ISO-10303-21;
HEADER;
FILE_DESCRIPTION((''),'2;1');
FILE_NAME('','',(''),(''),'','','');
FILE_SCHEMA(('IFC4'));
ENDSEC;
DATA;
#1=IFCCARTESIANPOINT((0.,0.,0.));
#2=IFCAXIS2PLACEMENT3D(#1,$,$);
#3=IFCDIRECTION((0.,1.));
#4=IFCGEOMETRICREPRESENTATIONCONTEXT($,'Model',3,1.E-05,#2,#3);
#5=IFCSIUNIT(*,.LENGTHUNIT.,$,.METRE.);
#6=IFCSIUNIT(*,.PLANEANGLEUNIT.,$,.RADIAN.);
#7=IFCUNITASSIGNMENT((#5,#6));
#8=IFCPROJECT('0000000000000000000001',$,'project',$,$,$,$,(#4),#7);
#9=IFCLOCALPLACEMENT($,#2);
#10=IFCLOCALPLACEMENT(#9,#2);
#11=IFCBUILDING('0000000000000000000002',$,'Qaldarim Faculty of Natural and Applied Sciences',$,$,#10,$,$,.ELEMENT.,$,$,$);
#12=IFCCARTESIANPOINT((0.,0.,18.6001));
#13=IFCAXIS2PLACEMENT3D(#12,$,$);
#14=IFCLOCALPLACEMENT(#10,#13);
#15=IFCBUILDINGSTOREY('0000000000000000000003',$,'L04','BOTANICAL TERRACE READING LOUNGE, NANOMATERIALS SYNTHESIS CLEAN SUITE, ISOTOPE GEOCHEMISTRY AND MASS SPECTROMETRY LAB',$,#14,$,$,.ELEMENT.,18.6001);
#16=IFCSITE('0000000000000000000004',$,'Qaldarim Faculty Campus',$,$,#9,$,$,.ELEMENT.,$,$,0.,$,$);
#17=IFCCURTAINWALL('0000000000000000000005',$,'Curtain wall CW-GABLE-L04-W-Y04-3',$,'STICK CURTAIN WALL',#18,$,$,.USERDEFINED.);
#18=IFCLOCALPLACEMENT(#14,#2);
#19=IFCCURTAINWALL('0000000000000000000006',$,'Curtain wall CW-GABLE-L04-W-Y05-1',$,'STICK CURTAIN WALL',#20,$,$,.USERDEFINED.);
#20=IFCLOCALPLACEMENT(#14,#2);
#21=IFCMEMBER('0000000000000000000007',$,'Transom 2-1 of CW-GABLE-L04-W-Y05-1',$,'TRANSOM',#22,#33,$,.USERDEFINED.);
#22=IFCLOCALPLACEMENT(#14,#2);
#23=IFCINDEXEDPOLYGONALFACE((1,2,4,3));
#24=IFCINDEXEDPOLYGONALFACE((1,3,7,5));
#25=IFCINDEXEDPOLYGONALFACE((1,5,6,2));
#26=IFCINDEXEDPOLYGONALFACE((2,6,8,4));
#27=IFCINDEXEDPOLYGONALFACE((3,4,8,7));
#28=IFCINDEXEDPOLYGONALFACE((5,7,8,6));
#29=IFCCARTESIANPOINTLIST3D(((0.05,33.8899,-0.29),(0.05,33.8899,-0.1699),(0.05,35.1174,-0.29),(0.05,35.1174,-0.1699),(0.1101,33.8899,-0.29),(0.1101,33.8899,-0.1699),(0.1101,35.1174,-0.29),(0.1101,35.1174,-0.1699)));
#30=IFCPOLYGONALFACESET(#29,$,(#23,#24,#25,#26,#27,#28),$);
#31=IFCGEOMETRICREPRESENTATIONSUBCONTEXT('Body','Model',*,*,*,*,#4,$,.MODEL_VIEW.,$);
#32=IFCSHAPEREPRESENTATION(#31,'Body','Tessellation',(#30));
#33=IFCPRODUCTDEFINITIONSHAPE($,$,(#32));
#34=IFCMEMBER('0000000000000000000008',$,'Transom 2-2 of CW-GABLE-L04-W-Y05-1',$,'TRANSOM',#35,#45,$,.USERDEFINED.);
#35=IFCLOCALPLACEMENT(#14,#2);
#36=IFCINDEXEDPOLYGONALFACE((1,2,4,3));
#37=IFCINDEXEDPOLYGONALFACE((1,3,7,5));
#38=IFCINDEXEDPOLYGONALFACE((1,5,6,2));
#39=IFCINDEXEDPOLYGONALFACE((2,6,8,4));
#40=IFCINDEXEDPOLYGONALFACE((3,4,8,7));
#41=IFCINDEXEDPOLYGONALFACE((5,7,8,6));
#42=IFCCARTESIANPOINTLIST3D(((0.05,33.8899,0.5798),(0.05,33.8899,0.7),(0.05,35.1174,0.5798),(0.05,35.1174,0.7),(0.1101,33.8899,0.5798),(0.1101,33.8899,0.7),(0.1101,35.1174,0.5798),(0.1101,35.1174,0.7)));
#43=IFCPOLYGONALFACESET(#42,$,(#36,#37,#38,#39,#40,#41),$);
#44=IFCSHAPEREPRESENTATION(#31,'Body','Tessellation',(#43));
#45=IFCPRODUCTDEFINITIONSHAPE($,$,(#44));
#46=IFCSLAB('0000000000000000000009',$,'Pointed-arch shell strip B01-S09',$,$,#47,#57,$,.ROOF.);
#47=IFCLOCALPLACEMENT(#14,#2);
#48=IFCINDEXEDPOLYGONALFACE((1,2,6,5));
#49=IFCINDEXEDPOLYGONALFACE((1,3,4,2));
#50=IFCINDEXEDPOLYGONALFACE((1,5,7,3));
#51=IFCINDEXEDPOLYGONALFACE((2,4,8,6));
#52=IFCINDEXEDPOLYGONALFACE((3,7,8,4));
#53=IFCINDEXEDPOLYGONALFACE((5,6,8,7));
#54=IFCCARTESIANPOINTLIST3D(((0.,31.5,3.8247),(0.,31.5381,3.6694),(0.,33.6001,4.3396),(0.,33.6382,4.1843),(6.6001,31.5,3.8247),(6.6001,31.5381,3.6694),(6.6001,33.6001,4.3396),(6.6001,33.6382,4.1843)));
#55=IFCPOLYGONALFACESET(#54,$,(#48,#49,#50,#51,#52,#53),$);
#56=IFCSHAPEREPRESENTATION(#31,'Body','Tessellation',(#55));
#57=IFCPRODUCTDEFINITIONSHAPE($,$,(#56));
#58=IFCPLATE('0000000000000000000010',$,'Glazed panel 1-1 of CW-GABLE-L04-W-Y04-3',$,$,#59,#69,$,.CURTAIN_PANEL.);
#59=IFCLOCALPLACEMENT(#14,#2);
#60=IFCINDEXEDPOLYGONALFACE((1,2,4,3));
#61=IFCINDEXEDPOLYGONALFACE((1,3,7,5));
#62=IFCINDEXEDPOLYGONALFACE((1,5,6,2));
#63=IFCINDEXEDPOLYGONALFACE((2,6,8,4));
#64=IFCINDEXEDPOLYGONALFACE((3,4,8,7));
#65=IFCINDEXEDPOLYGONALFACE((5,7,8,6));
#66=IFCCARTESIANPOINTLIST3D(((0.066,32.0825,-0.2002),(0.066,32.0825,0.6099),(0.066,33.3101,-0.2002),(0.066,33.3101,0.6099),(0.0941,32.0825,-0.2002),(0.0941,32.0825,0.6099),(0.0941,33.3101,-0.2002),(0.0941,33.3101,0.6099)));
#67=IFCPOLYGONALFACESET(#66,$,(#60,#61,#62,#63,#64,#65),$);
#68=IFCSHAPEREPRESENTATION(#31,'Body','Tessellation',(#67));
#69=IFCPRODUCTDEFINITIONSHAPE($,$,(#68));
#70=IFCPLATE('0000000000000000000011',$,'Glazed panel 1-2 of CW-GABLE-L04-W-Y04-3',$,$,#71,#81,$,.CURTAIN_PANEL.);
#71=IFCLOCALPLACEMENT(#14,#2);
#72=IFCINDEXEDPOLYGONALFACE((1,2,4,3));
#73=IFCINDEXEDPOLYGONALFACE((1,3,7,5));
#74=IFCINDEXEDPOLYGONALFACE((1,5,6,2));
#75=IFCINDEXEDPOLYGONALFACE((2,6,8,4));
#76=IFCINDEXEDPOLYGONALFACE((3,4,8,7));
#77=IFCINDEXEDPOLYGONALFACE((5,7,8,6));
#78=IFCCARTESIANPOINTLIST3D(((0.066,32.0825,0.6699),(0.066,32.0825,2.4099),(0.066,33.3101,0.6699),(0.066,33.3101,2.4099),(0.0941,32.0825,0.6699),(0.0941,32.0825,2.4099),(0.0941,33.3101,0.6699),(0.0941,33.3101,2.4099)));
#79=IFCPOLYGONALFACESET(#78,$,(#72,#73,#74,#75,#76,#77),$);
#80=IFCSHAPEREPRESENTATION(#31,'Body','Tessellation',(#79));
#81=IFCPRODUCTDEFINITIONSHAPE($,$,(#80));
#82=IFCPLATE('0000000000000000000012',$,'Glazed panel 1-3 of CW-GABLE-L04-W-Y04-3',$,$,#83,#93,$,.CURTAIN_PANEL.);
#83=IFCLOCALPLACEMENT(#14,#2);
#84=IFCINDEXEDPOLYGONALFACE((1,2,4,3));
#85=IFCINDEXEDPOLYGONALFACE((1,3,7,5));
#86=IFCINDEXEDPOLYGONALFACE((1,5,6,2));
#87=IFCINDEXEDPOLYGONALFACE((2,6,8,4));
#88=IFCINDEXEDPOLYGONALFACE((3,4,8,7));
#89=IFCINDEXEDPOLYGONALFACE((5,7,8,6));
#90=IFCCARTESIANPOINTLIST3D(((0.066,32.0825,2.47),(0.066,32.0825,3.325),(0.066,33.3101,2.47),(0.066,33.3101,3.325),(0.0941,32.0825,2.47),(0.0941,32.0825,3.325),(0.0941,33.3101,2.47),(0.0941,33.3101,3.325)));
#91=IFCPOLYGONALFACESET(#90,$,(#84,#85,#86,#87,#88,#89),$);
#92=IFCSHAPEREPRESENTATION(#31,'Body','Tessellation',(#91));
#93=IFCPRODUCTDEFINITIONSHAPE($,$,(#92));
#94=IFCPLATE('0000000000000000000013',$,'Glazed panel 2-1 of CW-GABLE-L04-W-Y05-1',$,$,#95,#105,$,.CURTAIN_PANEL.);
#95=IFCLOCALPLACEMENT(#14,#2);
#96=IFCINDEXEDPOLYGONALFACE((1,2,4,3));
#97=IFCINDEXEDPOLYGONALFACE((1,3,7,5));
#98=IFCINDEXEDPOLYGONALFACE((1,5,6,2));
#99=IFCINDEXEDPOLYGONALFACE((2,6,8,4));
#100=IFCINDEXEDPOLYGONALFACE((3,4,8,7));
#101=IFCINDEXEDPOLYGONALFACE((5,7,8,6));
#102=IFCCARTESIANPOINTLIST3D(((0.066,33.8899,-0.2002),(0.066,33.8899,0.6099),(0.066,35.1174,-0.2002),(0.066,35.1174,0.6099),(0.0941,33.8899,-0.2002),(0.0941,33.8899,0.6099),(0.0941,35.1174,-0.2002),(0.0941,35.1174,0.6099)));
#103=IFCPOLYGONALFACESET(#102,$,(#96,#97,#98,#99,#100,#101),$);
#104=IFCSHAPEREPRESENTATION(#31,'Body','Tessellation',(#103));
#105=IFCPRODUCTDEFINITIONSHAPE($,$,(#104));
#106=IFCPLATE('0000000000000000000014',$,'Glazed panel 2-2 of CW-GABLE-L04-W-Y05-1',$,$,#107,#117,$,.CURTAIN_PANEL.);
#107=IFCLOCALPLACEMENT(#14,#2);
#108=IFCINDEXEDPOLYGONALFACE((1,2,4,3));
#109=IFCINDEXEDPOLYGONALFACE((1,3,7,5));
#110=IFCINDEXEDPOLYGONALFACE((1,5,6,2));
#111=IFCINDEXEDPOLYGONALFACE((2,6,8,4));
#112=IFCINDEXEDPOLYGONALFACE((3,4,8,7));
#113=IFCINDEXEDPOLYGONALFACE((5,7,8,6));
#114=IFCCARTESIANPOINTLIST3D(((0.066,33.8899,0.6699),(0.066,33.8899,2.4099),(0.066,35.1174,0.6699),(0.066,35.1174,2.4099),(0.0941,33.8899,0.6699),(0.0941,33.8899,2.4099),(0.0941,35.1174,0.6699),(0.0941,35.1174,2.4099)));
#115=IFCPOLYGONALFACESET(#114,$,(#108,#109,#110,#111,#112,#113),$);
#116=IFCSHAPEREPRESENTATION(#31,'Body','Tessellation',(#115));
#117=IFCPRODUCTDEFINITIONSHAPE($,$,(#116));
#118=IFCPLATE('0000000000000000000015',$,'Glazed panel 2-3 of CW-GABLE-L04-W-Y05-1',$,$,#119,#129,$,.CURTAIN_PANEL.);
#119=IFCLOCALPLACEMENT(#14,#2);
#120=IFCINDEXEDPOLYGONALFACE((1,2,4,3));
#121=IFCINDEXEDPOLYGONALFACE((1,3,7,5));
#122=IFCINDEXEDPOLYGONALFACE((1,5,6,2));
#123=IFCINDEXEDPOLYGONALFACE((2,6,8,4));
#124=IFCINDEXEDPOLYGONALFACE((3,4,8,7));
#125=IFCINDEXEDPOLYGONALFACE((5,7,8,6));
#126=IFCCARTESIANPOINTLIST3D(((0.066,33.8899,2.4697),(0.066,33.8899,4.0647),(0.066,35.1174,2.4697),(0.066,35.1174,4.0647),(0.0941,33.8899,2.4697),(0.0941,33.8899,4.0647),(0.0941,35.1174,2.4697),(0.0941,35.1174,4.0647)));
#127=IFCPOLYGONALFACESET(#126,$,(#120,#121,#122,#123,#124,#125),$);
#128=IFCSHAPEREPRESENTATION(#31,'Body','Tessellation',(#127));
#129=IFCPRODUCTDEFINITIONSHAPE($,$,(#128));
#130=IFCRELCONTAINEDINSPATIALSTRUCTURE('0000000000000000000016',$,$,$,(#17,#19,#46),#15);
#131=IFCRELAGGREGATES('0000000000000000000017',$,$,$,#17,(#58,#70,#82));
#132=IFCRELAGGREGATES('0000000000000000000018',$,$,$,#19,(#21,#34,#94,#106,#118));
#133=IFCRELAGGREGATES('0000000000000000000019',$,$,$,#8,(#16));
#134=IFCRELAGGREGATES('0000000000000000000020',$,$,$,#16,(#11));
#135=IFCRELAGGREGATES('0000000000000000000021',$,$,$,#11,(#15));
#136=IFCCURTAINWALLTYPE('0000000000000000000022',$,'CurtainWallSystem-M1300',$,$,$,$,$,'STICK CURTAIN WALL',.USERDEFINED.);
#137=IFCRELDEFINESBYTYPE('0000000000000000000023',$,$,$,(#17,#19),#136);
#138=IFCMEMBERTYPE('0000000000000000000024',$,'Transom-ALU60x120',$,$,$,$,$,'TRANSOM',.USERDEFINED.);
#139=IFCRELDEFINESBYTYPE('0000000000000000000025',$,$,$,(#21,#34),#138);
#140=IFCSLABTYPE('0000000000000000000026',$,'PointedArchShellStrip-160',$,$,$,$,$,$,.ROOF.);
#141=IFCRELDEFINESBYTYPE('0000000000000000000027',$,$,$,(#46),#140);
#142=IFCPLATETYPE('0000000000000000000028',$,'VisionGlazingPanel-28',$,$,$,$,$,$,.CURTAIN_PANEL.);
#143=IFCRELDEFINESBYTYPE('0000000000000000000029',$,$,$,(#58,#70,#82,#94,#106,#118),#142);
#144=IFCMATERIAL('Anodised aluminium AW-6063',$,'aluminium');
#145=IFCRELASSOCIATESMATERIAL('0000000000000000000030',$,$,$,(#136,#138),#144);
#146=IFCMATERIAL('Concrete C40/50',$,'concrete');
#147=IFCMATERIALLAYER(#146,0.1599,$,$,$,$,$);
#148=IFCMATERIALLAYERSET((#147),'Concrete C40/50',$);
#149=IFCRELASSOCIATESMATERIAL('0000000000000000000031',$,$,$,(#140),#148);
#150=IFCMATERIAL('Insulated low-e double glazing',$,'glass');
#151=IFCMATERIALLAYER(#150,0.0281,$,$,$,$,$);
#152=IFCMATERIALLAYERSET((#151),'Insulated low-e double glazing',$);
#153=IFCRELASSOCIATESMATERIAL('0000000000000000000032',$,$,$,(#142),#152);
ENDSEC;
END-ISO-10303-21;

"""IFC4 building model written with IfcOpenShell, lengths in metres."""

from ifc_helpers import new_model, si_unit, direction, frame, origin, origin_2d, place, context, subcontext, project, spatial, polyline, rectangle, outline, extrude, material, layer, layer_set, material_profile, profile_set, type_object, element, aggregate, save


model = new_model("IFC4")

# Units and contexts
model_context = context("Model", 3, precision=1e-05, world=origin(), true_north=direction((0.0, 1.0)))
body_context = subcontext(model_context, "Body", "Model", "MODEL_VIEW")
ifc_project = project(units=[si_unit("LENGTHUNIT", "METRE"), si_unit("PLANEANGLEUNIT", "RADIAN")], contexts=[model_context])

# Site, building, storey
site_placement = place(None, origin())
site = spatial("IfcSite", under=ifc_project, at=site_placement, Name="Qaldarim Faculty Campus", CompositionType="ELEMENT", RefElevation=0.0)
building_placement = place(site_placement, origin())
building = spatial("IfcBuilding", under=site, at=building_placement, Name="Qaldarim Faculty of Natural and Applied Sciences", CompositionType="ELEMENT")
storey_placement = place(building_placement, frame((0.0, 0.0, 18.6001)))
storey = spatial("IfcBuildingStorey", under=building, at=storey_placement, Name="L04", Description="BOTANICAL TERRACE READING LOUNGE, NANOMATERIALS SYNTHESIS CLEAN SUITE, ISOTOPE GEOCHEMISTRY AND MASS SPECTROMETRY LAB", CompositionType="ELEMENT", Elevation=18.6001)

# Shared definitions
ifc_material_1 = material(Name="Concrete C40/50", Category="concrete")

# Curtain wall
ifc_material_2 = material(Name="Anodised aluminium AW-6063", Category="aluminium")
curtain_wall_type = type_object("IfcCurtainWallType", Name="CurtainWallSystem-M1300", ElementType="STICK CURTAIN WALL", PredefinedType="USERDEFINED", material=ifc_material_2)
curtain_wall_1_placement = place(storey_placement, origin())
curtain_wall_1 = element("IfcCurtainWall", 1, at=curtain_wall_1_placement, inside=storey, type_object=curtain_wall_type, Name="Curtain wall CW-GABLE-L04-W-Y04-3", ObjectType="STICK CURTAIN WALL", PredefinedType="USERDEFINED")

# Curtain wall
curtain_wall_2_placement = place(storey_placement, origin())
curtain_wall_2 = element("IfcCurtainWall", 2, at=curtain_wall_2_placement, inside=storey, type_object=curtain_wall_type, Name="Curtain wall CW-GABLE-L04-W-Y05-1", ObjectType="STICK CURTAIN WALL", PredefinedType="USERDEFINED")

# Members
ifc_material_profile_1 = material_profile(ifc_material_2, rectangle(XDim=0.0601, YDim=0.1201, at=origin_2d()), Name="ALU-T60x120")
ifc_profile_set_1 = profile_set([ifc_material_profile_1], Name="Anodised aluminium AW-6063")
member_type_1 = type_object("IfcMemberType", Name="Transom-ALU60x120", ElementType="TRANSOM", PredefinedType="USERDEFINED", material=ifc_profile_set_1)
member_1_placement = place(storey_placement, frame((0.0801, 35.1174, -0.23), z_axis=(0.0, -1.0, 0.0), x_axis=(1.0, 0.0, 0.0)))
member_1 = element("IfcMember", 3, at=member_1_placement, type_object=member_type_1, Name="Transom 2-1 of CW-GABLE-L04-W-Y05-1", ObjectType="TRANSOM", PredefinedType="USERDEFINED", context=body_context, shape_type="SweptSolid", body=[
    extrude(rectangle(XDim=0.0601, YDim=0.1201, at=origin_2d()), origin(), (0.0, 0.0, 1.0), 1.2275),
])
member_2_placement = place(storey_placement, frame((0.0801, 35.1174, 0.6399), z_axis=(0.0, -1.0, 0.0), x_axis=(1.0, 0.0, 0.0)))
member_2 = element("IfcMember", 4, at=member_2_placement, type_object=member_type_1, Name="Transom 2-2 of CW-GABLE-L04-W-Y05-1", ObjectType="TRANSOM", PredefinedType="USERDEFINED", context=body_context, shape_type="SweptSolid", body=[
    extrude(rectangle(XDim=0.0601, YDim=0.1201, at=origin_2d()), origin(), (0.0, 0.0, 1.0), 1.2275),
])

# Slab
ifc_layer_1 = layer(ifc_material_1, 0.1599)
ifc_layer_set_1 = layer_set([ifc_layer_1], Name="Concrete C40/50")
slab_type = type_object("IfcSlabType", Name="PointedArchShellStrip-160", PredefinedType="ROOF", material=ifc_layer_set_1)
slab_placement = place(storey_placement, frame((0.0, 31.5381, 3.6694), z_axis=(0.0, -0.238123, 0.971235), x_axis=(1.0, 0.0, 0.0)))
element("IfcSlab", 5, at=slab_placement, inside=storey, type_object=slab_type, Name="Pointed-arch shell strip B01-S09", PredefinedType="ROOF", context=body_context, shape_type="SweptSolid", body=[
    extrude(outline(polyline([(0.0, 0.0), (6.6001, 0.0), (6.6001, 2.1623), (0.0, 2.1623), (0.0, 0.0)])), origin(), (0.0, 0.0, 1.0), 0.1599),
])

# Plates
ifc_material_3 = material(Name="Insulated low-e double glazing", Category="glass")
ifc_layer_2 = layer(ifc_material_3, 0.0281)
ifc_layer_set_2 = layer_set([ifc_layer_2], Name="Insulated low-e double glazing")
plate_type = type_object("IfcPlateType", Name="VisionGlazingPanel-28", PredefinedType="CURTAIN_PANEL", material=ifc_layer_set_2)
plate_1_placement = place(storey_placement, frame((0.0801, 32.6963, -0.2002), z_axis=(0.0, 0.0, 1.0), x_axis=(0.0, -1.0, 0.0)))
plate_1 = element("IfcPlate", 6, at=plate_1_placement, type_object=plate_type, Name="Glazed panel 1-1 of CW-GABLE-L04-W-Y04-3", PredefinedType="CURTAIN_PANEL", context=body_context, shape_type="SweptSolid", body=[
    extrude(rectangle(XDim=1.2275, YDim=0.0281, at=origin_2d()), origin(), (0.0, 0.0, 1.0), 0.8101),
])
plate_2_placement = place(storey_placement, frame((0.0801, 32.6963, 0.6699), z_axis=(0.0, 0.0, 1.0), x_axis=(0.0, -1.0, 0.0)))
plate_2 = element("IfcPlate", 7, at=plate_2_placement, type_object=plate_type, Name="Glazed panel 1-2 of CW-GABLE-L04-W-Y04-3", PredefinedType="CURTAIN_PANEL", context=body_context, shape_type="SweptSolid", body=[
    extrude(rectangle(XDim=1.2275, YDim=0.0281, at=origin_2d()), origin(), (0.0, 0.0, 1.0), 1.74),
])
plate_3_placement = place(storey_placement, frame((0.0801, 32.6963, 2.47), z_axis=(0.0, 0.0, 1.0), x_axis=(0.0, -1.0, 0.0)))
plate_3 = element("IfcPlate", 8, at=plate_3_placement, type_object=plate_type, Name="Glazed panel 1-3 of CW-GABLE-L04-W-Y04-3", PredefinedType="CURTAIN_PANEL", context=body_context, shape_type="SweptSolid", body=[
    extrude(rectangle(XDim=1.2275, YDim=0.0281, at=origin_2d()), origin(), (0.0, 0.0, 1.0), 0.855),
])
aggregate(curtain_wall_1, [plate_1, plate_2, plate_3])
plate_4_placement = place(storey_placement, frame((0.0801, 34.5037, -0.2002), z_axis=(0.0, 0.0, 1.0), x_axis=(0.0, -1.0, 0.0)))
plate_4 = element("IfcPlate", 9, at=plate_4_placement, type_object=plate_type, Name="Glazed panel 2-1 of CW-GABLE-L04-W-Y05-1", PredefinedType="CURTAIN_PANEL", context=body_context, shape_type="SweptSolid", body=[
    extrude(rectangle(XDim=1.2275, YDim=0.0281, at=origin_2d()), origin(), (0.0, 0.0, 1.0), 0.8101),
])
plate_5_placement = place(storey_placement, frame((0.0801, 34.5037, 0.6699), z_axis=(0.0, 0.0, 1.0), x_axis=(0.0, -1.0, 0.0)))
plate_5 = element("IfcPlate", 10, at=plate_5_placement, type_object=plate_type, Name="Glazed panel 2-2 of CW-GABLE-L04-W-Y05-1", PredefinedType="CURTAIN_PANEL", context=body_context, shape_type="SweptSolid", body=[
    extrude(rectangle(XDim=1.2275, YDim=0.0281, at=origin_2d()), origin(), (0.0, 0.0, 1.0), 1.74),
])
plate_6_placement = place(storey_placement, frame((0.0801, 34.5037, 2.4697), z_axis=(0.0, 0.0, 1.0), x_axis=(0.0, -1.0, 0.0)))
plate_6 = element("IfcPlate", 11, at=plate_6_placement, type_object=plate_type, Name="Glazed panel 2-3 of CW-GABLE-L04-W-Y05-1", PredefinedType="CURTAIN_PANEL", context=body_context, shape_type="SweptSolid", body=[
    extrude(rectangle(XDim=1.2275, YDim=0.0281, at=origin_2d()), origin(), (0.0, 0.0, 1.0), 1.595),
])
aggregate(curtain_wall_2, [member_1, member_2, plate_4, plate_5, plate_6])

save(model, "model.ifc")
